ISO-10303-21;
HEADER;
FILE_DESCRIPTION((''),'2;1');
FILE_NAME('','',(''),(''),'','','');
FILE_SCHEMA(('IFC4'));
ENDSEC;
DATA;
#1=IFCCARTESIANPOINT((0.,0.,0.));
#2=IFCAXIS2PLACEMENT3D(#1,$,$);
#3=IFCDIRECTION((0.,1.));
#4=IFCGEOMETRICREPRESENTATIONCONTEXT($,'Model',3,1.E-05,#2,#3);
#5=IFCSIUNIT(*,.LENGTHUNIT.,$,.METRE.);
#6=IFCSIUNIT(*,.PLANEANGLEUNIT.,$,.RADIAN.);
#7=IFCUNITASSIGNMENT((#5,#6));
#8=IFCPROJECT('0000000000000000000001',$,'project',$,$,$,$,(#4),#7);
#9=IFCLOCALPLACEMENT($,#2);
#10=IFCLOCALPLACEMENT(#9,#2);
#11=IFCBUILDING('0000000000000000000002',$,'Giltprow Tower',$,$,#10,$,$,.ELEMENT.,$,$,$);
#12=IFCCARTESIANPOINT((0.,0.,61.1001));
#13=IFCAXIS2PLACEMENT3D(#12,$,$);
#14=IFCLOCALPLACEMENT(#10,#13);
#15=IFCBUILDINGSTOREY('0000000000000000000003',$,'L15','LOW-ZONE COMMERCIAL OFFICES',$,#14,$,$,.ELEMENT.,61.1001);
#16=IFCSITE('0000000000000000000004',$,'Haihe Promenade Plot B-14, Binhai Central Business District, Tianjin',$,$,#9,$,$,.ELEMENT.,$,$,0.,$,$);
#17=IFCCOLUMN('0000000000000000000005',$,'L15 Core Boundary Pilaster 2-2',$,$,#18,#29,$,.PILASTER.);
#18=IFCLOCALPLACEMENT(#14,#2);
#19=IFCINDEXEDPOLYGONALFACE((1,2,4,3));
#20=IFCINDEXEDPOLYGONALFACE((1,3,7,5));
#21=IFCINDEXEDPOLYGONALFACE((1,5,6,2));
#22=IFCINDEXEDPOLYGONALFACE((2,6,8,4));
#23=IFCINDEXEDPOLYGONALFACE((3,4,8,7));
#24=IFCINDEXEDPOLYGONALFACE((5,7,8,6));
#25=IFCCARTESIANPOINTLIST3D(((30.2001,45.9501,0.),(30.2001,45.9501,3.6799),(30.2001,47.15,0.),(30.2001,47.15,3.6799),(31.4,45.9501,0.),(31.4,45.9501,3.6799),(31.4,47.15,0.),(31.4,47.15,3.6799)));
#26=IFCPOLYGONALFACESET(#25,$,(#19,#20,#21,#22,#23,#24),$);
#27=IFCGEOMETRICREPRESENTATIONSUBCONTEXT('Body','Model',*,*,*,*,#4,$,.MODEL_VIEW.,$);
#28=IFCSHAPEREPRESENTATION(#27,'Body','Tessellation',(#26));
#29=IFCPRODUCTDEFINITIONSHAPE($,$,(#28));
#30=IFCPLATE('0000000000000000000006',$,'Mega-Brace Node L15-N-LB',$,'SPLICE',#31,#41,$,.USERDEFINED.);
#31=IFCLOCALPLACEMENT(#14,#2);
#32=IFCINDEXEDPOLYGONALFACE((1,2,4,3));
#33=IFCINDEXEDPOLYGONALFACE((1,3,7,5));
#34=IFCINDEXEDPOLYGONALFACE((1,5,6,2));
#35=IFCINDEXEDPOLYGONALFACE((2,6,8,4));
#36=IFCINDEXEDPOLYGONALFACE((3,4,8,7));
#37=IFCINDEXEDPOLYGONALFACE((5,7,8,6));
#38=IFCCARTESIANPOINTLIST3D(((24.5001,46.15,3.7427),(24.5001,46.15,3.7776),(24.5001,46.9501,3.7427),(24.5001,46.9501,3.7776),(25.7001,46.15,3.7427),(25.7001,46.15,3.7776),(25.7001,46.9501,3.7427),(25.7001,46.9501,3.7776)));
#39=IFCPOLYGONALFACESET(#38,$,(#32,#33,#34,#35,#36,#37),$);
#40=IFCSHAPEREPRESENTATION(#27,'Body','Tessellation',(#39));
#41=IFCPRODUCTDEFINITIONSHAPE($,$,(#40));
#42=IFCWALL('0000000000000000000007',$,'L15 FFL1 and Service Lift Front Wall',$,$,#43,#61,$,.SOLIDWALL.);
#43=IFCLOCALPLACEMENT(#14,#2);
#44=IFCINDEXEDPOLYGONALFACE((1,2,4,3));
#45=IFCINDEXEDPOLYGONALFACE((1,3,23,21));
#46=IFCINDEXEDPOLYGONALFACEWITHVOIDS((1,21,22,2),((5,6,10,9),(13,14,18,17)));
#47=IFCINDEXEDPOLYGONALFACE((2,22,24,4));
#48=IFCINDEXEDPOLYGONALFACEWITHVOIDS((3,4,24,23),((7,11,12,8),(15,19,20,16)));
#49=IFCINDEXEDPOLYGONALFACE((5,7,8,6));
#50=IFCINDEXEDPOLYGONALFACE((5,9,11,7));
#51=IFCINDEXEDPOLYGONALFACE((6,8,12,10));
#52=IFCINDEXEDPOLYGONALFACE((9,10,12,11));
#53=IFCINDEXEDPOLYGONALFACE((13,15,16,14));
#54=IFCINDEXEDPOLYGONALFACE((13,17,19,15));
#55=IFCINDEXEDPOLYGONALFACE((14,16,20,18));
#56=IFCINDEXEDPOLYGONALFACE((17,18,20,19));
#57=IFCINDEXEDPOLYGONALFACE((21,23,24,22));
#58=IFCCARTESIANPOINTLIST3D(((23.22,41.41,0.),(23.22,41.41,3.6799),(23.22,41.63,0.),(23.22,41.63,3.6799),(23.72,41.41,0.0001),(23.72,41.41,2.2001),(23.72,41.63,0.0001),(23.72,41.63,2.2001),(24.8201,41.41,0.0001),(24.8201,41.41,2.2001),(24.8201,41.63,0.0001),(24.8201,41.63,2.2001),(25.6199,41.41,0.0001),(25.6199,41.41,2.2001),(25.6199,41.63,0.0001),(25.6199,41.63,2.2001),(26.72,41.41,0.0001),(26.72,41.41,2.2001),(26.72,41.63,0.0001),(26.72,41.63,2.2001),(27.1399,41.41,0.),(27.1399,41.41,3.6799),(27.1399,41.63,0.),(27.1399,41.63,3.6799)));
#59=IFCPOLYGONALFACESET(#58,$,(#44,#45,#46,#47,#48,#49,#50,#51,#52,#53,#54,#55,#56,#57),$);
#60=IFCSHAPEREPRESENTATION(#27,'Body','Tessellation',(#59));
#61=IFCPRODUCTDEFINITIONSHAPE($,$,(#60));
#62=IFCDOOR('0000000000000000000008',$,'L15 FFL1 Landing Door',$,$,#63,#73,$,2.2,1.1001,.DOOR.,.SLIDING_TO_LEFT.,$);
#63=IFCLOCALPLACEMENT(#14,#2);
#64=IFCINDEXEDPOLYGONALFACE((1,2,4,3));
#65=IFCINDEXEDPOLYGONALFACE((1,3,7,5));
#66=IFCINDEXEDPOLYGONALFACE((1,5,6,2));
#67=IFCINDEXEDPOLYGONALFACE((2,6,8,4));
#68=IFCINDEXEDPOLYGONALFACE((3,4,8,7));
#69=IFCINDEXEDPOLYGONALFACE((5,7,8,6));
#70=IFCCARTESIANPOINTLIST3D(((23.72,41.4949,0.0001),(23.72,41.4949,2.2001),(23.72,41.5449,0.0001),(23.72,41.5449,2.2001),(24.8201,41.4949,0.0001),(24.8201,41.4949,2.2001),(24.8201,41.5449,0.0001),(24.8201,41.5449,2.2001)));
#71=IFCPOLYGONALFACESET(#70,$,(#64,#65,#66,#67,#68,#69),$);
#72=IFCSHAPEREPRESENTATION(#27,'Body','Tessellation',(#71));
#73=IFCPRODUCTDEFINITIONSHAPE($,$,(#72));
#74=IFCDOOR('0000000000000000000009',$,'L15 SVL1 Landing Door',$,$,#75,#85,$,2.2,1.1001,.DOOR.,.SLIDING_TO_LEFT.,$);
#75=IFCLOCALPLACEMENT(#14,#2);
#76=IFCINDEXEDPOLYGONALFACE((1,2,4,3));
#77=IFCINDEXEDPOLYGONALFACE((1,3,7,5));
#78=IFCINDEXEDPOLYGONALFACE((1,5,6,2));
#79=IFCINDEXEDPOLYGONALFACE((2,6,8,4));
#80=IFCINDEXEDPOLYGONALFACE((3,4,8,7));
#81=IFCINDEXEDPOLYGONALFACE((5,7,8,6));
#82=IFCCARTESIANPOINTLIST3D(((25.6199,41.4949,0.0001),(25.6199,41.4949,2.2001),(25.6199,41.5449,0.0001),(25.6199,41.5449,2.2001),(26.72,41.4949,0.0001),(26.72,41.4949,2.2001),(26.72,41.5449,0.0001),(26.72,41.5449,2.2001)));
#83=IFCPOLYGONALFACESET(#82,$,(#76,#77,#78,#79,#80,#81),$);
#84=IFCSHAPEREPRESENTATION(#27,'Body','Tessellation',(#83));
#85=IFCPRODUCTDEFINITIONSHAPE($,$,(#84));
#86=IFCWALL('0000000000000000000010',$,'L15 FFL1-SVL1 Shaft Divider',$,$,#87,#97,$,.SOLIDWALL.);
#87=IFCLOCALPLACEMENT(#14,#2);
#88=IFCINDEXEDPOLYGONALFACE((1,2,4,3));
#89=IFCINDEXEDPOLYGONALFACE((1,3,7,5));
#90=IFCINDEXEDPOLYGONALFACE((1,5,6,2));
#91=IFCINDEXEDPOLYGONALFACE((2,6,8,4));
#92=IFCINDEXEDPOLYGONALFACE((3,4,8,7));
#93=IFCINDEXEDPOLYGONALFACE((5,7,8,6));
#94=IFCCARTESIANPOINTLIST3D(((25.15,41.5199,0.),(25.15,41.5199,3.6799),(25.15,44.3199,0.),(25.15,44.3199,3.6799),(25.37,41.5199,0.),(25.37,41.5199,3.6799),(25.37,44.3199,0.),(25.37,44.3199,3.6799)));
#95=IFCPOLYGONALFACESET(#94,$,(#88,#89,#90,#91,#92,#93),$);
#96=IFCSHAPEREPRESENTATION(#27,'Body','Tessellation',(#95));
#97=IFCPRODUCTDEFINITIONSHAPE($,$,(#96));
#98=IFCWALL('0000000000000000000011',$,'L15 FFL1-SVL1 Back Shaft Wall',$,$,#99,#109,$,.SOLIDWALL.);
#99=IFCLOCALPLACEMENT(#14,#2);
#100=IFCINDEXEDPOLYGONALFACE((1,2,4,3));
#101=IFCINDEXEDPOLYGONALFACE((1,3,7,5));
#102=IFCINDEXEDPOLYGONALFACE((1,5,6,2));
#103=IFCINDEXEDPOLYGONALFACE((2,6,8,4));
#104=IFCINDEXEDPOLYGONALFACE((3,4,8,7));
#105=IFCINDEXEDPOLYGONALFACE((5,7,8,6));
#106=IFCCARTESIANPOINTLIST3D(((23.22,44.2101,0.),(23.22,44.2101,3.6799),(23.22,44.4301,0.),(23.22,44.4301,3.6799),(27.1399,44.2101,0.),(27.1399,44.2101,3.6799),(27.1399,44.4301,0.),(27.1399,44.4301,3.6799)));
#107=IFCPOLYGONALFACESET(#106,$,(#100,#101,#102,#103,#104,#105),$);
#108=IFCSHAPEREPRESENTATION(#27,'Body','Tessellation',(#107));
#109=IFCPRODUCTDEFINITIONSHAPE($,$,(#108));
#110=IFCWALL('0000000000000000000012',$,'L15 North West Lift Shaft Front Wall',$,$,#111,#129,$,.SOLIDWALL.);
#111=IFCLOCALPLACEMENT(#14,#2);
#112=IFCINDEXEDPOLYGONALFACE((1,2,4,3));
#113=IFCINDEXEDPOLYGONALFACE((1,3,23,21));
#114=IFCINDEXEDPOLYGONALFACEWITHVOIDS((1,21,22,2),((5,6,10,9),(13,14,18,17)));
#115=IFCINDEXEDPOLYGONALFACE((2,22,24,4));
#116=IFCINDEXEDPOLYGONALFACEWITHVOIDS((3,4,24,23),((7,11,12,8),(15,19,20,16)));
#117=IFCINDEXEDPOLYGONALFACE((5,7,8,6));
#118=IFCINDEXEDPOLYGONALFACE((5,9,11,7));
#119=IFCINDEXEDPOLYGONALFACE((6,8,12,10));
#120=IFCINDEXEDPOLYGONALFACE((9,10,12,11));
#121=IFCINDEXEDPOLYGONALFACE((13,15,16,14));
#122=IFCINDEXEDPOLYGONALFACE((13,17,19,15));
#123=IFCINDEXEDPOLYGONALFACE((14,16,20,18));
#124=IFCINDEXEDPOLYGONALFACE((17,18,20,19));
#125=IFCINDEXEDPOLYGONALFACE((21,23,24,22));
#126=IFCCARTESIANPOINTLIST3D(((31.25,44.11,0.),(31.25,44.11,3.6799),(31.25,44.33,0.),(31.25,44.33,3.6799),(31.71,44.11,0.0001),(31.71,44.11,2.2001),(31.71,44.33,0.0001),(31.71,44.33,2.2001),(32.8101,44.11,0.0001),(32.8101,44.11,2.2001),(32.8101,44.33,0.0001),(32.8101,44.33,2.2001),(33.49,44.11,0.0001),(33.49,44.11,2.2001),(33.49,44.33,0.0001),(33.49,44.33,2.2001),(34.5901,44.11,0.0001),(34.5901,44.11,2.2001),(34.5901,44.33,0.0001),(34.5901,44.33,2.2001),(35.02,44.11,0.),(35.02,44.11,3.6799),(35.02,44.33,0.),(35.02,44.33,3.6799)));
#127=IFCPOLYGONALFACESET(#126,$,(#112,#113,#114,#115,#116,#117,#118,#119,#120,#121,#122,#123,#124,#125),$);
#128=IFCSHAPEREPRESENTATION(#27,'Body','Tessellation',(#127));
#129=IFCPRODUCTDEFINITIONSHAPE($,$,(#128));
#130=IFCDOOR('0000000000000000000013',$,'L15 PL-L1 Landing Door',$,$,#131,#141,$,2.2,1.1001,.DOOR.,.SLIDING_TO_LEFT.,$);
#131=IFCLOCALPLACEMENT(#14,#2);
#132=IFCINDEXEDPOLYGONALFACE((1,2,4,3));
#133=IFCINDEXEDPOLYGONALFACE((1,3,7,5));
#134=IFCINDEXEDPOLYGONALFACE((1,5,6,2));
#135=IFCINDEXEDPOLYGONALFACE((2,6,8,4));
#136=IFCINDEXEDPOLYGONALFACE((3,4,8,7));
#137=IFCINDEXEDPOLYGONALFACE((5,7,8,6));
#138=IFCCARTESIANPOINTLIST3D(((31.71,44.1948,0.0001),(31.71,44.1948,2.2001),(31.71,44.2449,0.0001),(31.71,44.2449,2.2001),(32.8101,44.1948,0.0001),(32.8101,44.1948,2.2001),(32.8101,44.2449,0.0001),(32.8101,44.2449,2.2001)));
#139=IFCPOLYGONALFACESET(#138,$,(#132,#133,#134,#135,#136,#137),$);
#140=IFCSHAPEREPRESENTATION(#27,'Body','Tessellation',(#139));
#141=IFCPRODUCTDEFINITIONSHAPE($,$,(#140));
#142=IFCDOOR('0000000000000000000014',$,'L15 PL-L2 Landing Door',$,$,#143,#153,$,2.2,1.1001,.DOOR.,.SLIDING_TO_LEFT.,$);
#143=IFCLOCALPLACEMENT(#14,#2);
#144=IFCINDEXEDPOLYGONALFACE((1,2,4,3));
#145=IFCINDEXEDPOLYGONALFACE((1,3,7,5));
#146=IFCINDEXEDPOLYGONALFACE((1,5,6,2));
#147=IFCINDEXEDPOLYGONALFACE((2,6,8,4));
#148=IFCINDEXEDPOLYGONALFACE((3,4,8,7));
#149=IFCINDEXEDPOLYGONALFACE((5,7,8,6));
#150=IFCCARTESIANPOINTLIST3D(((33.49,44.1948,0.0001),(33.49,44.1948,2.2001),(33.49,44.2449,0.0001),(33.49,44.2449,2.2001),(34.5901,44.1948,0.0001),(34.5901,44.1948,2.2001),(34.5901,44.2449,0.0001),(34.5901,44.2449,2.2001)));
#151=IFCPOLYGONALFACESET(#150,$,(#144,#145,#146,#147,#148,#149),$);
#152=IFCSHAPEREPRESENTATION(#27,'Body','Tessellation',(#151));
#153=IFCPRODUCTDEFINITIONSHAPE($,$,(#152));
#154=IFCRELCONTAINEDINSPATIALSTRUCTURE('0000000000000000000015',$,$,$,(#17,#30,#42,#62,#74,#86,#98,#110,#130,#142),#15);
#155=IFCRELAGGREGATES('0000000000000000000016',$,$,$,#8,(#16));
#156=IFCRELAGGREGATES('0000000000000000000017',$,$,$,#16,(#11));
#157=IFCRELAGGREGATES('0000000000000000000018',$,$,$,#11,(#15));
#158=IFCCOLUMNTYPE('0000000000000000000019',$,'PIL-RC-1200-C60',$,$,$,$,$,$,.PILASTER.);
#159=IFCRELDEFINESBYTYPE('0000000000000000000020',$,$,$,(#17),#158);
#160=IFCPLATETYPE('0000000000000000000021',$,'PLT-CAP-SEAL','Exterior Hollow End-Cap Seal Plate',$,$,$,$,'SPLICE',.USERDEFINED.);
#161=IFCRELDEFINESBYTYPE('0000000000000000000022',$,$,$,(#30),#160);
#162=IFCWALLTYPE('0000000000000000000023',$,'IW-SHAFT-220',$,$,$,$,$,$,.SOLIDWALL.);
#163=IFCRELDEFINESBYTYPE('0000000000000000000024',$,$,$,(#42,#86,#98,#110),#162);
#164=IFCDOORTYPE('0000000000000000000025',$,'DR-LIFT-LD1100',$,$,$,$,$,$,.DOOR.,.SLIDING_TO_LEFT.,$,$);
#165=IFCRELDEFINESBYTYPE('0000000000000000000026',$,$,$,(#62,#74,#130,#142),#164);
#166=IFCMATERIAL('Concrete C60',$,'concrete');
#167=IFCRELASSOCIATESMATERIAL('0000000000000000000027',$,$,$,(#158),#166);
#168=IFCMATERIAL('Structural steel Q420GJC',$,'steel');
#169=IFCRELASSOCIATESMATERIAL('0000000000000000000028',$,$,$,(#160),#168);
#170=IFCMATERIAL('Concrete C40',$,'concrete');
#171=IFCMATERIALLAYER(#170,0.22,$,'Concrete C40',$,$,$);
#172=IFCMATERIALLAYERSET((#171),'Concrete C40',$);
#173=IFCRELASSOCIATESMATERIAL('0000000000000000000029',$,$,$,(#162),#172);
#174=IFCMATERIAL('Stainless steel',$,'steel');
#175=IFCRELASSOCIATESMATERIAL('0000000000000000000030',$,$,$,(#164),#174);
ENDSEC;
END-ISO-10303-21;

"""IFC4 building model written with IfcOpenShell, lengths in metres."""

from ifc_helpers import new_model, si_unit, direction, frame, frame_2d, origin, origin_2d, place, context, subcontext, project, spatial, rectangle, extrude, source, transform, mapped, material, layer, layer_set, material_profile, profile_set, type_object, element, fill, save


model = new_model("IFC4")

# Units and contexts
model_context = context("Model", 3, precision=1e-05, world=origin(), true_north=direction((0.0, 1.0)))
body_context = subcontext(model_context, "Body", "Model", "MODEL_VIEW")
ifc_project = project(units=[si_unit("LENGTHUNIT", "METRE"), si_unit("PLANEANGLEUNIT", "RADIAN")], contexts=[model_context])

# Site, building, storey
site_placement = place(None, origin())
site = spatial("IfcSite", under=ifc_project, at=site_placement, Name="Haihe Promenade Plot B-14, Binhai Central Business District, Tianjin", CompositionType="ELEMENT", RefElevation=0.0)
building_placement = place(site_placement, origin())
building = spatial("IfcBuilding", under=site, at=building_placement, Name="Giltprow Tower", CompositionType="ELEMENT")
storey_placement = place(building_placement, frame((0.0, 0.0, 61.1001)))
storey = spatial("IfcBuildingStorey", under=building, at=storey_placement, Name="L15", Description="LOW-ZONE COMMERCIAL OFFICES", CompositionType="ELEMENT", Elevation=61.1001)

# Column
ifc_material_1 = material(Name="Concrete C60", Category="concrete")
ifc_material_profile = material_profile(ifc_material_1, rectangle(XDim=1.2, YDim=1.2, at=origin_2d()), Name="RC 1200x1200")
ifc_profile_set = profile_set([ifc_material_profile], Name="Concrete C60")
column_type = type_object("IfcColumnType", Name="PIL-RC-1200-C60", PredefinedType="PILASTER", material=ifc_profile_set)
shared_shape_1 = source(origin(), body_context, "Body", "SweptSolid", [
    extrude(rectangle(XDim=1.2, YDim=1.2, at=origin_2d()), origin(), (0.0, 0.0, 1.0), 3.6799),
])
column_placement = place(storey_placement, frame((30.8, 46.55, 0.0), z_axis=(0.0, 0.0, 1.0), x_axis=(1.0, 0.0, 0.0)))
element("IfcColumn", 1, at=column_placement, inside=storey, type_object=column_type, Name="L15 Core Boundary Pilaster 2-2", PredefinedType="PILASTER", context=body_context, shape_type="MappedRepresentation", body=[
    mapped(shared_shape_1, transform((0.0, 0.0, 0.0), x_axis=(1.0, 0.0, 0.0), y_axis=(0.0, 1.0, 0.0), z_axis=(0.0, 0.0, 1.0), scale=1.0)),
])

# Plate
ifc_material_2 = material(Name="Structural steel Q420GJC", Category="steel")
plate_type = type_object("IfcPlateType", Name="PLT-CAP-SEAL", Description="Exterior Hollow End-Cap Seal Plate", ElementType="SPLICE", PredefinedType="USERDEFINED", material=ifc_material_2)
shared_shape_2 = source(origin(), body_context, "Body", "SweptSolid", [
    extrude(rectangle(XDim=1.2, YDim=0.8, at=origin_2d()), origin(), (0.0, 0.0, 1.0), 0.0349),
])
plate_placement = place(storey_placement, frame((25.1001, 46.55, 3.7427), z_axis=(0.0, 0.0, 1.0), x_axis=(1.0, 0.0, 0.0)))
element("IfcPlate", 2, at=plate_placement, inside=storey, type_object=plate_type, Name="Mega-Brace Node L15-N-LB", ObjectType="SPLICE", PredefinedType="USERDEFINED", context=body_context, shape_type="MappedRepresentation", body=[
    mapped(shared_shape_2, transform((0.0, 0.0, 0.0), x_axis=(1.0, 0.0, 0.0), y_axis=(0.0, 1.0, 0.0), z_axis=(0.0, 0.0, 1.0), scale=1.0)),
])

# Wall, openings, doors
ifc_material_3 = material(Name="Concrete C40", Category="concrete")
ifc_layer_1 = layer(ifc_material_3, 0.22, Name="Concrete C40")
ifc_layer_set_1 = layer_set([ifc_layer_1], Name="Concrete C40")
wall_type_1 = type_object("IfcWallType", Name="IW-SHAFT-220", PredefinedType="SOLIDWALL", material=ifc_layer_set_1)
wall_1_placement = place(storey_placement, frame((23.22, 41.52, 0.0), z_axis=(0.0, 0.0, 1.0), x_axis=(1.0, 0.0, 0.0)))
wall_1 = element("IfcWall", 3, at=wall_1_placement, inside=storey, type_object=wall_type_1, Name="L15 FFL1 and Service Lift Front Wall", PredefinedType="SOLIDWALL", context=body_context, shape_type="SweptSolid", body=[
    extrude(rectangle(XDim=3.9199, YDim=0.22, at=frame_2d((1.96, 0.0))), origin(), (0.0, 0.0, 1.0), 3.6799),
])
opening_1_placement = place(wall_1_placement, frame((0.5, 0.0, 0.0)))
opening_1 = element("IfcOpeningElement", 4, at=opening_1_placement, cuts=wall_1, PredefinedType="OPENING", context=body_context, shape_type="SweptSolid", body=[
    extrude(rectangle(XDim=1.1001, YDim=2.2, at=frame_2d((0.55, 1.1001))), frame((0.0, 0.1199, 0.0), z_axis=(0.0, -1.0, 0.0), x_axis=(1.0, 0.0, 0.0)), (0.0, 0.0, 1.0), 0.24),
])
opening_2_placement = place(wall_1_placement, frame((2.3999, 0.0, 0.0)))
opening_2 = element("IfcOpeningElement", 5, at=opening_2_placement, cuts=wall_1, PredefinedType="OPENING", context=body_context, shape_type="SweptSolid", body=[
    extrude(rectangle(XDim=1.1001, YDim=2.2, at=frame_2d((0.55, 1.1001))), frame((0.0, 0.1199, 0.0), z_axis=(0.0, -1.0, 0.0), x_axis=(1.0, 0.0, 0.0)), (0.0, 0.0, 1.0), 0.24),
])
ifc_material_4 = material(Name="Stainless steel", Category="steel")
door_type = type_object("IfcDoorType", Name="DR-LIFT-LD1100", OperationType="SLIDING_TO_LEFT", PredefinedType="DOOR", material=ifc_material_4)
shared_shape_3 = source(origin(), body_context, "Body", "SweptSolid", [
    extrude(rectangle(XDim=1.1001, YDim=2.2, at=frame_2d((0.55, 1.1001))), frame((0.0, 0.0249, 0.0), z_axis=(0.0, -1.0, 0.0), x_axis=(1.0, 0.0, 0.0)), (0.0, 0.0, 1.0), 0.05),
])
door_1_placement = place(opening_1_placement, origin())
door_1 = element("IfcDoor", 6, at=door_1_placement, inside=storey, type_object=door_type, Name="L15 FFL1 Landing Door", OperationType="SLIDING_TO_LEFT", OverallHeight=2.2, OverallWidth=1.1001, PredefinedType="DOOR", context=body_context, shape_type="MappedRepresentation", body=[
    mapped(shared_shape_3, transform((0.0, 0.0, 0.0), x_axis=(1.0, 0.0, 0.0), y_axis=(0.0, 1.0, 0.0), z_axis=(0.0, 0.0, 1.0), scale=1.0)),
])
fill(opening_1, door_1)
door_2_placement = place(opening_2_placement, origin())
door_2 = element("IfcDoor", 7, at=door_2_placement, inside=storey, type_object=door_type, Name="L15 SVL1 Landing Door", OperationType="SLIDING_TO_LEFT", OverallHeight=2.2, OverallWidth=1.1001, PredefinedType="DOOR", context=body_context, shape_type="MappedRepresentation", body=[
    mapped(shared_shape_3, transform((0.0, 0.0, 0.0), x_axis=(1.0, 0.0, 0.0), y_axis=(0.0, 1.0, 0.0), z_axis=(0.0, 0.0, 1.0), scale=1.0)),
])
fill(opening_2, door_2)

# Walls
wall_2_placement = place(storey_placement, frame((25.26, 41.52, 0.0), z_axis=(0.0, 0.0, 1.0), x_axis=(0.0, 1.0, 0.0)))
element("IfcWall", 8, at=wall_2_placement, inside=storey, type_object=wall_type_1, Name="L15 FFL1-SVL1 Shaft Divider", PredefinedType="SOLIDWALL", context=body_context, shape_type="SweptSolid", body=[
    extrude(rectangle(XDim=2.8, YDim=0.22, at=frame_2d((1.3999, 0.0))), origin(), (0.0, 0.0, 1.0), 3.6799),
])
wall_3_placement = place(storey_placement, frame((23.22, 44.3201, 0.0), z_axis=(0.0, 0.0, 1.0), x_axis=(1.0, 0.0, 0.0)))
element("IfcWall", 9, at=wall_3_placement, inside=storey, type_object=wall_type_1, Name="L15 FFL1-SVL1 Back Shaft Wall", PredefinedType="SOLIDWALL", context=body_context, shape_type="SweptSolid", body=[
    extrude(rectangle(XDim=3.9199, YDim=0.22, at=frame_2d((1.96, 0.0))), origin(), (0.0, 0.0, 1.0), 3.6799),
])

# Wall, openings, doors
wall_4_placement = place(storey_placement, frame((31.25, 44.22, 0.0), z_axis=(0.0, 0.0, 1.0), x_axis=(1.0, 0.0, 0.0)))
wall_4 = element("IfcWall", 10, at=wall_4_placement, inside=storey, type_object=wall_type_1, Name="L15 North West Lift Shaft Front Wall", PredefinedType="SOLIDWALL", context=body_context, shape_type="SweptSolid", body=[
    extrude(rectangle(XDim=3.77, YDim=0.22, at=frame_2d((1.885, 0.0))), origin(), (0.0, 0.0, 1.0), 3.6799),
])
opening_3_placement = place(wall_4_placement, frame((0.46, 0.0, 0.0)))
opening_3 = element("IfcOpeningElement", 11, at=opening_3_placement, cuts=wall_4, PredefinedType="OPENING", context=body_context, shape_type="SweptSolid", body=[
    extrude(rectangle(XDim=1.1001, YDim=2.2, at=frame_2d((0.55, 1.1001))), frame((0.0, 0.1199, 0.0), z_axis=(0.0, -1.0, 0.0), x_axis=(1.0, 0.0, 0.0)), (0.0, 0.0, 1.0), 0.24),
])
opening_4_placement = place(wall_4_placement, frame((2.24, 0.0, 0.0)))
opening_4 = element("IfcOpeningElement", 12, at=opening_4_placement, cuts=wall_4, PredefinedType="OPENING", context=body_context, shape_type="SweptSolid", body=[
    extrude(rectangle(XDim=1.1001, YDim=2.2, at=frame_2d((0.55, 1.1001))), frame((0.0, 0.1199, 0.0), z_axis=(0.0, -1.0, 0.0), x_axis=(1.0, 0.0, 0.0)), (0.0, 0.0, 1.0), 0.24),
])
door_3_placement = place(opening_3_placement, origin())
door_3 = element("IfcDoor", 13, at=door_3_placement, inside=storey, type_object=door_type, Name="L15 PL-L1 Landing Door", OperationType="SLIDING_TO_LEFT", OverallHeight=2.2, OverallWidth=1.1001, PredefinedType="DOOR", context=body_context, shape_type="MappedRepresentation", body=[
    mapped(shared_shape_3, transform((0.0, 0.0, 0.0), x_axis=(1.0, 0.0, 0.0), y_axis=(0.0, 1.0, 0.0), z_axis=(0.0, 0.0, 1.0), scale=1.0)),
])
fill(opening_3, door_3)
door_4_placement = place(opening_4_placement, origin())
door_4 = element("IfcDoor", 14, at=door_4_placement, inside=storey, type_object=door_type, Name="L15 PL-L2 Landing Door", OperationType="SLIDING_TO_LEFT", OverallHeight=2.2, OverallWidth=1.1001, PredefinedType="DOOR", context=body_context, shape_type="MappedRepresentation", body=[
    mapped(shared_shape_3, transform((0.0, 0.0, 0.0), x_axis=(1.0, 0.0, 0.0), y_axis=(0.0, 1.0, 0.0), z_axis=(0.0, 0.0, 1.0), scale=1.0)),
])
fill(opening_4, door_4)

save(model, "model.ifc")
